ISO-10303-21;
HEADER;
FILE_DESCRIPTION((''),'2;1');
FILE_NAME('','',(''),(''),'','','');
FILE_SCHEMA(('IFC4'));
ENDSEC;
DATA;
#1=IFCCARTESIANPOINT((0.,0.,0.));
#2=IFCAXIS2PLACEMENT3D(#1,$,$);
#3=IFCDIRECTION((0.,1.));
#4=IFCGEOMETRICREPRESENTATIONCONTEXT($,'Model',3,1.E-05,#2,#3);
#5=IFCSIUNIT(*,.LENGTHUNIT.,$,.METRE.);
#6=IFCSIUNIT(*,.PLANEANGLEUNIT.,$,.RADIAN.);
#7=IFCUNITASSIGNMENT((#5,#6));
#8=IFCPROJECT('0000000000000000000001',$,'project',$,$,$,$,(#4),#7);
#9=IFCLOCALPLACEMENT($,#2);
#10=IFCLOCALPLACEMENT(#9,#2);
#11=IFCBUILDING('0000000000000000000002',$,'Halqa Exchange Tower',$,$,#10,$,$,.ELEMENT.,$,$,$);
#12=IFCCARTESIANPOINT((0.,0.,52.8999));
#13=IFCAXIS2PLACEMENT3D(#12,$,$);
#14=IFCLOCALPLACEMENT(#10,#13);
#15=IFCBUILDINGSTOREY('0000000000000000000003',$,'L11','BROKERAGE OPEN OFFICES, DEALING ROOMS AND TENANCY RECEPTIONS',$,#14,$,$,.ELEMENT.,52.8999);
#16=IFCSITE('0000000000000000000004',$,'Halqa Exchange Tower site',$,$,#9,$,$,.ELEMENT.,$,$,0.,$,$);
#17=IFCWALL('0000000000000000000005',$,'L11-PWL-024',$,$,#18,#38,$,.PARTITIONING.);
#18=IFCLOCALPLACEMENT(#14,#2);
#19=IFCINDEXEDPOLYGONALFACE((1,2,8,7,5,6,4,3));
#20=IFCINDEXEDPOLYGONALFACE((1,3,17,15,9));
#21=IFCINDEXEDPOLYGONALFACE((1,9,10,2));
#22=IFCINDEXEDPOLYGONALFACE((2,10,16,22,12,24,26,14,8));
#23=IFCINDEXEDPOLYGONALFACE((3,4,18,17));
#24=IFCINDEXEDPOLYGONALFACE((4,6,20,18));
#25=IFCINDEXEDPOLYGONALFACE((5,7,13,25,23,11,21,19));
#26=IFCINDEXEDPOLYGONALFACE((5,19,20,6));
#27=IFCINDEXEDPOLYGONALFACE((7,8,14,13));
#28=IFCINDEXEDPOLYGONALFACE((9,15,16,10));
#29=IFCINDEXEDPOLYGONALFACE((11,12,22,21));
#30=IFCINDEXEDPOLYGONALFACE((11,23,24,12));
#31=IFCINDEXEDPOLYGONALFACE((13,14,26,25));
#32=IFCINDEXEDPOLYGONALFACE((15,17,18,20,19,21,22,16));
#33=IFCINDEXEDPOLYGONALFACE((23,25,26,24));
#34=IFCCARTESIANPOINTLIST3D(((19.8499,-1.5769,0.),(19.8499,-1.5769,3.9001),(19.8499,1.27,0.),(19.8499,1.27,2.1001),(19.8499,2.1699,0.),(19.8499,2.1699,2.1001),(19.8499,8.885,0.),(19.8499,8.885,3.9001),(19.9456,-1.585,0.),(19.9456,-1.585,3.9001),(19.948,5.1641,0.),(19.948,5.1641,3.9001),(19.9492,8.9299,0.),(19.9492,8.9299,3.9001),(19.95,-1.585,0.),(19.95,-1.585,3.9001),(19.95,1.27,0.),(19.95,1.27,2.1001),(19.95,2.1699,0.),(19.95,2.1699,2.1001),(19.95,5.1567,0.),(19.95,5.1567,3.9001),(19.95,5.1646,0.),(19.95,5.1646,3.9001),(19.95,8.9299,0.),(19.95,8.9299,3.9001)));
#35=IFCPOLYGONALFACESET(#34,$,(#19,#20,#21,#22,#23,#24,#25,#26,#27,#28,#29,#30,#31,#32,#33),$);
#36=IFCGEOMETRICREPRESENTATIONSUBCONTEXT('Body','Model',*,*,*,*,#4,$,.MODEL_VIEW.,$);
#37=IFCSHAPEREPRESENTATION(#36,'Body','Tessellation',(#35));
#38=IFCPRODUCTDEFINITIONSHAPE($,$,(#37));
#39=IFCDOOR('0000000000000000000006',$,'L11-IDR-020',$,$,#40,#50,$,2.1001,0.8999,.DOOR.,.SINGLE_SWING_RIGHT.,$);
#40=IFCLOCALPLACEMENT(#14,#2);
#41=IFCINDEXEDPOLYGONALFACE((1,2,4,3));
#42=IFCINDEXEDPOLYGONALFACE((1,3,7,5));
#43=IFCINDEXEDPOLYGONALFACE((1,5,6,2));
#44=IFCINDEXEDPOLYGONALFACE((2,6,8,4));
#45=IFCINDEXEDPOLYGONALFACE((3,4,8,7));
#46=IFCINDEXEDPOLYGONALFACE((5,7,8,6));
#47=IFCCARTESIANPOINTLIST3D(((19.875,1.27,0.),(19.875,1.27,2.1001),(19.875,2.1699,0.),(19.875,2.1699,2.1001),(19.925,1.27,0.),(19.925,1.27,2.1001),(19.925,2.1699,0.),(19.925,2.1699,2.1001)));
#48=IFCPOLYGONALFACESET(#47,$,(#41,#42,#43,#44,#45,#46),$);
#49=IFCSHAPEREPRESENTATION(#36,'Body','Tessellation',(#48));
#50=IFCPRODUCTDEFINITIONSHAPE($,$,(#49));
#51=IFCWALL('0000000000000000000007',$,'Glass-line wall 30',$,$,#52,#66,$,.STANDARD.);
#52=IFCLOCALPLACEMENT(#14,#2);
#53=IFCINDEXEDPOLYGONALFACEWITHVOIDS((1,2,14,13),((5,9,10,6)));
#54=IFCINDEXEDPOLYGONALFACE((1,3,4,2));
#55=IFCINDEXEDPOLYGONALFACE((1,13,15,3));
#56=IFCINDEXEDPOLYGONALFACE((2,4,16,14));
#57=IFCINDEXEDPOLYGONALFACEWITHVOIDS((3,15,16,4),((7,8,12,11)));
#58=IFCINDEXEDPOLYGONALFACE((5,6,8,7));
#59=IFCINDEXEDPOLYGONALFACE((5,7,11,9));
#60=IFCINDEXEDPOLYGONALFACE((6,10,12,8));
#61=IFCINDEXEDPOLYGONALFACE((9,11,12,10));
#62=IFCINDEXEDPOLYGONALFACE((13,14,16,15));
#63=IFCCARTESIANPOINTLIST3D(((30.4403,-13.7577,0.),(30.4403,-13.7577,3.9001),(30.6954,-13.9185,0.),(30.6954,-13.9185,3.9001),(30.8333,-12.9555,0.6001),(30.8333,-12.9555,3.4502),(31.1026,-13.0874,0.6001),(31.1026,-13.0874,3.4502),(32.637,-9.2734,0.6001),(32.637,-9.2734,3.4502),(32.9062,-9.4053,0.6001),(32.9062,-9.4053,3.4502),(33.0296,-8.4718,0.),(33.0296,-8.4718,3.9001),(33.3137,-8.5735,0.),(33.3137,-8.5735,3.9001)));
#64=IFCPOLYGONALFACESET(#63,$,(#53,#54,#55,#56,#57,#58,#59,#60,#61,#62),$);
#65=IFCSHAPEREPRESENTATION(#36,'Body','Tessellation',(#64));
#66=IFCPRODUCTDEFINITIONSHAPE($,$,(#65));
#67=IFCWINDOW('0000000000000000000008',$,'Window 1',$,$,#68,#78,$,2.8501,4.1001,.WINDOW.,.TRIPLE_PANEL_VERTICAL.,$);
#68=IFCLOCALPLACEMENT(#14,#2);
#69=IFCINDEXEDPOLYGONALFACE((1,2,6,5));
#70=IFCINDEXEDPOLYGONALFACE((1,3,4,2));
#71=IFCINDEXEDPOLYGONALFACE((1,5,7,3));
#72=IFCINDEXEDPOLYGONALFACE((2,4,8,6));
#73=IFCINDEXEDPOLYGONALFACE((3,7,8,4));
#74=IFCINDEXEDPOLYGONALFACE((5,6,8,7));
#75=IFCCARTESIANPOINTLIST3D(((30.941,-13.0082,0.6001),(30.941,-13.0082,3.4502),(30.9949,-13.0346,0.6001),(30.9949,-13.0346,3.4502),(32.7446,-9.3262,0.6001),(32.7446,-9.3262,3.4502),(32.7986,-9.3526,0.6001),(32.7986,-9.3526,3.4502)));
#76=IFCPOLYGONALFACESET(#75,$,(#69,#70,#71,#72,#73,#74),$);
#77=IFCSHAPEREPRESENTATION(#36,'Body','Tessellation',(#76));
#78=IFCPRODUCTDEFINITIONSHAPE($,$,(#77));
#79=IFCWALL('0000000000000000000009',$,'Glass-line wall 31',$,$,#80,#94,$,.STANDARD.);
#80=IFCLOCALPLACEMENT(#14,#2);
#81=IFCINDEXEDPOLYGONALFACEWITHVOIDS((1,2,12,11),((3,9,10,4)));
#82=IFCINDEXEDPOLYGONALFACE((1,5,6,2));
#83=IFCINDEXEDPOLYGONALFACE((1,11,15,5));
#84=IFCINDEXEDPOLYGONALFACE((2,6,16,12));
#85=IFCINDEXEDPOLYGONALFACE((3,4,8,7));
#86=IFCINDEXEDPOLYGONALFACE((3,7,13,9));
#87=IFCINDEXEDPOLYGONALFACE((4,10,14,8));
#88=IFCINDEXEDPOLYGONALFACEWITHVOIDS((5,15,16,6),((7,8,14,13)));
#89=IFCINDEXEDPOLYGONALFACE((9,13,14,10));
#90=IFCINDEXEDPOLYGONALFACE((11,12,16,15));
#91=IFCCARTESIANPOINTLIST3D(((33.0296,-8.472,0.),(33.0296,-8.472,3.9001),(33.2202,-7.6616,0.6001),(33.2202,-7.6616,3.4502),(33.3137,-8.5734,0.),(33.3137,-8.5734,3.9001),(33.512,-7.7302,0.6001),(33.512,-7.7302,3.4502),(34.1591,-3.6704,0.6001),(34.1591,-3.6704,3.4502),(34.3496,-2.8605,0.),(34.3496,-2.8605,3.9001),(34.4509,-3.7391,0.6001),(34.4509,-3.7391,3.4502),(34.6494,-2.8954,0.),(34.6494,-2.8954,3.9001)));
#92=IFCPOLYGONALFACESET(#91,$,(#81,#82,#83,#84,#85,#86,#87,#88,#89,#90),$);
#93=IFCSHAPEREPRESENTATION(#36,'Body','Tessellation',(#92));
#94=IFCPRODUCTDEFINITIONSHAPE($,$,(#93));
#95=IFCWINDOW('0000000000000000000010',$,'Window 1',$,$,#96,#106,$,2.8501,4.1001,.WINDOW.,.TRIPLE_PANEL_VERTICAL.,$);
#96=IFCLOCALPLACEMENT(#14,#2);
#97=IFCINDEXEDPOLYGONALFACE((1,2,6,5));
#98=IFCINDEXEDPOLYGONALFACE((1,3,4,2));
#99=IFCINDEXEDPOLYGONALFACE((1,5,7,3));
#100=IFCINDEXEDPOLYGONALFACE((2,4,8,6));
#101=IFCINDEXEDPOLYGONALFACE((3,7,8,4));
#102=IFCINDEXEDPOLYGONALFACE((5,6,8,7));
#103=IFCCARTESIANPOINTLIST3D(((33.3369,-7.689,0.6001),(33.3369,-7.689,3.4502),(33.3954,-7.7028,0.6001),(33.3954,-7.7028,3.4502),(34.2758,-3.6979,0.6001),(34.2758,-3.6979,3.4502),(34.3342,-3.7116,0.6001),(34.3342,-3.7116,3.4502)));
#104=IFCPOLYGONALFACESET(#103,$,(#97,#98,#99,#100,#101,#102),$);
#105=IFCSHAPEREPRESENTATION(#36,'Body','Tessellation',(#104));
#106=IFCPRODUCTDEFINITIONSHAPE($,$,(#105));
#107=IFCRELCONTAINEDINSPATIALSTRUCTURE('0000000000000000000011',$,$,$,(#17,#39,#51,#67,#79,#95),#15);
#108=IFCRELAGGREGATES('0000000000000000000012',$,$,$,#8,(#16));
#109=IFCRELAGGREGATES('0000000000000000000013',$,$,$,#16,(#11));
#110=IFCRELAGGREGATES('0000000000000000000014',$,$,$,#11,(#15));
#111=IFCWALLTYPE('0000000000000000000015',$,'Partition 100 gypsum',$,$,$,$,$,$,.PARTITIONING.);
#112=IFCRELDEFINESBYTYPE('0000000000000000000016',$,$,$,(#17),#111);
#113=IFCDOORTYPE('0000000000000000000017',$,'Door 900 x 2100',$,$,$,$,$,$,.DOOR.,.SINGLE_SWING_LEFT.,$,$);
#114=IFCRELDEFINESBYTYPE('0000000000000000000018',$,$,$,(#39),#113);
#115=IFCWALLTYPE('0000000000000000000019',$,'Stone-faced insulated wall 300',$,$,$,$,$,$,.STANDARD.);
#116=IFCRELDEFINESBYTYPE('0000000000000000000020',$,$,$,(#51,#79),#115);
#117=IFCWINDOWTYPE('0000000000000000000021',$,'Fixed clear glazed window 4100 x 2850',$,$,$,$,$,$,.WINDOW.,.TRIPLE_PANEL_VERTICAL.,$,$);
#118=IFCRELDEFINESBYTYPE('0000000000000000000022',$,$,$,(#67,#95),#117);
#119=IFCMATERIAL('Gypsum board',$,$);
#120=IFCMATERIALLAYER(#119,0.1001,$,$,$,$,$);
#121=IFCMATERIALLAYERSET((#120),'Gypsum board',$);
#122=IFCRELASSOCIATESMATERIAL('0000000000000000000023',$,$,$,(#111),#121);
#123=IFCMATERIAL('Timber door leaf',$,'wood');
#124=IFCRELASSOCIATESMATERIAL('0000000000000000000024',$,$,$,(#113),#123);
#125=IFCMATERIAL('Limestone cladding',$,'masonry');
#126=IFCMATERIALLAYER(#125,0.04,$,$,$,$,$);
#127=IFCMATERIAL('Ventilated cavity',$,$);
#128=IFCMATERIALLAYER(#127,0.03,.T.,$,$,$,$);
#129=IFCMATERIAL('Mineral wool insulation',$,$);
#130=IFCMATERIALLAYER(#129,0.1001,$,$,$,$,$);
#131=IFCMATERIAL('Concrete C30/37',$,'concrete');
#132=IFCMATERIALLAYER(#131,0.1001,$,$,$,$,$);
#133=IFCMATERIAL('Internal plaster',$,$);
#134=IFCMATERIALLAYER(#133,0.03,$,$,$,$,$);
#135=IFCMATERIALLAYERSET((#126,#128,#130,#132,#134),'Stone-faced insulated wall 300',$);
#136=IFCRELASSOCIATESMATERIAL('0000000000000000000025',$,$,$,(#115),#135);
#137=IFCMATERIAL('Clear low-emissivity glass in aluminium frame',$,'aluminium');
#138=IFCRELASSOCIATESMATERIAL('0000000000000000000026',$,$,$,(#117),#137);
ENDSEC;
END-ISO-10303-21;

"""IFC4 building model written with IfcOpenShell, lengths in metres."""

from ifc_helpers import new_model, si_unit, direction, frame, frame_2d, origin, place, context, subcontext, project, spatial, polyline, rectangle, outline, extrude, material, layer, layer_set, type_object, element, fill, save


model = new_model("IFC4")

# Units and contexts
model_context = context("Model", 3, precision=1e-05, world=origin(), true_north=direction((0.0, 1.0)))
body_context = subcontext(model_context, "Body", "Model", "MODEL_VIEW")
ifc_project = project(units=[si_unit("LENGTHUNIT", "METRE"), si_unit("PLANEANGLEUNIT", "RADIAN")], contexts=[model_context])

# Site, building, storey
site_placement = place(None, origin())
site = spatial("IfcSite", under=ifc_project, at=site_placement, Name="Halqa Exchange Tower site", CompositionType="ELEMENT", RefElevation=0.0)
building_placement = place(site_placement, origin())
building = spatial("IfcBuilding", under=site, at=building_placement, Name="Halqa Exchange Tower", CompositionType="ELEMENT")
storey_placement = place(building_placement, frame((0.0, 0.0, 52.8999)))
storey = spatial("IfcBuildingStorey", under=building, at=storey_placement, Name="L11", Description="BROKERAGE OPEN OFFICES, DEALING ROOMS AND TENANCY RECEPTIONS", CompositionType="ELEMENT", Elevation=52.8999)

# Wall, opening, door
ifc_material_1 = material(Name="Gypsum board")
ifc_layer_1 = layer(ifc_material_1, 0.1001)
ifc_layer_set_1 = layer_set([ifc_layer_1], Name="Gypsum board")
wall_type_1 = type_object("IfcWallType", Name="Partition 100 gypsum", PredefinedType="PARTITIONING", material=ifc_layer_set_1)
ifc_material_2 = material(Name="Timber door leaf", Category="wood")
door_type_1 = type_object("IfcDoorType", Name="Door 900 x 2100", OperationType="SINGLE_SWING_LEFT", PredefinedType="DOOR", material=ifc_material_2)
wall_1_placement = place(storey_placement, frame((19.8999, -1.585, 0.0), z_axis=(0.0, 0.0, 1.0), x_axis=(0.0, 1.0, 0.0)))
wall_1 = element("IfcWall", 1, at=wall_1_placement, inside=storey, type_object=wall_type_1, Name="L11-PWL-024", PredefinedType="PARTITIONING", context=body_context, shape_type="SweptSolid", body=[
    extrude(outline(polyline([(0.0, -0.05), (1.6855, -0.05), (3.3708, -0.05), (5.0564, -0.05), (6.7417, -0.05), (6.749, -0.0481), (6.7495, -0.05), (8.6321, -0.05), (10.5149, -0.05), (10.5149, -0.0493), (10.47, 0.05), (8.7263, 0.05), (6.9827, 0.05), (5.239, 0.05), (3.4954, 0.05), (1.7517, 0.05), (0.0081, 0.05), (0.0, -0.0457), (0.0, -0.05)])), origin(), (0.0, 0.0, 1.0), 3.9001),
])
opening_1_placement = place(wall_1_placement, frame((2.855, 0.0, 0.0)))
opening_1 = element("IfcOpeningElement", 2, at=opening_1_placement, cuts=wall_1, PredefinedType="OPENING", context=body_context, shape_type="SweptSolid", body=[
    extrude(rectangle(XDim=0.8999, YDim=2.1001, at=frame_2d((0.45, 1.05))), frame((0.0, 0.062, 0.0), z_axis=(0.0, -1.0, 0.0), x_axis=(1.0, 0.0, 0.0)), (0.0, 0.0, 1.0), 0.124),
])
door_1_placement = place(opening_1_placement, origin())
door_1 = element("IfcDoor", 3, at=door_1_placement, inside=storey, type_object=door_type_1, Name="L11-IDR-020", OperationType="SINGLE_SWING_RIGHT", OverallHeight=2.1001, OverallWidth=0.8999, PredefinedType="DOOR", context=body_context, shape_type="SweptSolid", body=[
    extrude(rectangle(XDim=0.8999, YDim=2.1001, at=frame_2d((0.45, 1.05))), frame((0.0, 0.0249, 0.0), z_axis=(0.0, -1.0, 0.0), x_axis=(1.0, 0.0, 0.0)), (0.0, 0.0, 1.0), 0.05),
])
fill(opening_1, door_1)

# Walls, openings, windows
ifc_material_3 = material(Name="Limestone cladding", Category="masonry")
ifc_layer_2 = layer(ifc_material_3, 0.04)
ifc_material_4 = material(Name="Ventilated cavity")
ifc_layer_3 = layer(ifc_material_4, 0.03, ventilated=True)
ifc_material_5 = material(Name="Mineral wool insulation")
ifc_layer_4 = layer(ifc_material_5, 0.1001)
ifc_material_6 = material(Name="Concrete C30/37", Category="concrete")
ifc_layer_5 = layer(ifc_material_6, 0.1001)
ifc_material_7 = material(Name="Internal plaster")
ifc_layer_6 = layer(ifc_material_7, 0.03)
ifc_layer_set_2 = layer_set([ifc_layer_2, ifc_layer_3, ifc_layer_4, ifc_layer_5, ifc_layer_6], Name="Stone-faced insulated wall 300")
wall_type_2 = type_object("IfcWallType", Name="Stone-faced insulated wall 300", PredefinedType="STANDARD", material=ifc_layer_set_2)
wall_2_placement = place(storey_placement, frame((30.5679, -13.8381, 0.0), z_axis=(0.0, 0.0, 1.0), x_axis=(0.439906, 0.898044, 0.0)))
wall_2 = element("IfcWall", 4, at=wall_2_placement, inside=storey, type_object=wall_type_2, Name="Glass-line wall 30", PredefinedType="STANDARD", context=body_context, shape_type="SweptSolid", body=[
    extrude(outline(polyline([(-0.0161, -0.1499), (5.9358, -0.1499), (5.9021, 0.1499), (0.0161, 0.1499), (-0.0161, -0.1499)])), origin(), (0.0, 0.0, 1.0), 3.9001),
])
opening_2_placement = place(wall_2_placement, frame((0.9094, 0.0, 0.6001)))
opening_2 = element("IfcOpeningElement", 5, at=opening_2_placement, cuts=wall_2, PredefinedType="OPENING", context=body_context, shape_type="SweptSolid", body=[
    extrude(rectangle(XDim=4.1001, YDim=2.8501, at=frame_2d((2.05, 1.425))), frame((0.0, 0.1621, 0.0), z_axis=(0.0, -1.0, 0.0), x_axis=(1.0, 0.0, 0.0)), (0.0, 0.0, 1.0), 0.324),
])
ifc_material_8 = material(Name="Clear low-emissivity glass in aluminium frame", Category="aluminium")
window_type = type_object("IfcWindowType", Name="Fixed clear glazed window 4100 x 2850", PartitioningType="TRIPLE_PANEL_VERTICAL", PredefinedType="WINDOW", material=ifc_material_8)
window_1_placement = place(opening_2_placement, origin())
window_1 = element("IfcWindow", 6, at=window_1_placement, inside=storey, type_object=window_type, Name="Window 1", OverallHeight=2.8501, OverallWidth=4.1001, PartitioningType="TRIPLE_PANEL_VERTICAL", PredefinedType="WINDOW", context=body_context, shape_type="SweptSolid", body=[
    extrude(rectangle(XDim=4.1001, YDim=2.8501, at=frame_2d((2.05, 1.425))), frame((0.0, 0.03, 0.0), z_axis=(0.0, -1.0, 0.0), x_axis=(1.0, 0.0, 0.0)), (0.0, 0.0, 1.0), 0.0601),
])
fill(opening_2, window_1)
wall_3_placement = place(storey_placement, frame((33.1716, -8.5227, 0.0), z_axis=(0.0, 0.0, 1.0), x_axis=(0.22899, 0.973429, 0.0)))
wall_3 = element("IfcWall", 7, at=wall_3_placement, inside=storey, type_object=wall_type_2, Name="Glass-line wall 31", PredefinedType="STANDARD", context=body_context, shape_type="SweptSolid", body=[
    extrude(outline(polyline([(-0.0168, -0.1499), (5.8162, -0.1499), (5.7815, 0.1499), (0.0168, 0.1499), (-0.0168, -0.1499)])), origin(), (0.0, 0.0, 1.0), 3.9001),
])
opening_3_placement = place(wall_3_placement, frame((0.8494, 0.0, 0.6001)))
opening_3 = element("IfcOpeningElement", 8, at=opening_3_placement, cuts=wall_3, PredefinedType="OPENING", context=body_context, shape_type="SweptSolid", body=[
    extrude(rectangle(XDim=4.1001, YDim=2.8501, at=frame_2d((2.05, 1.425))), frame((0.0, 0.1621, 0.0), z_axis=(0.0, -1.0, 0.0), x_axis=(1.0, 0.0, 0.0)), (0.0, 0.0, 1.0), 0.324),
])
window_2_placement = place(opening_3_placement, origin())
window_2 = element("IfcWindow", 9, at=window_2_placement, inside=storey, type_object=window_type, Name="Window 1", OverallHeight=2.8501, OverallWidth=4.1001, PartitioningType="TRIPLE_PANEL_VERTICAL", PredefinedType="WINDOW", context=body_context, shape_type="SweptSolid", body=[
    extrude(rectangle(XDim=4.1001, YDim=2.8501, at=frame_2d((2.05, 1.425))), frame((0.0, 0.03, 0.0), z_axis=(0.0, -1.0, 0.0), x_axis=(1.0, 0.0, 0.0)), (0.0, 0.0, 1.0), 0.0601),
])
fill(opening_3, window_2)

save(model, "model.ifc")
